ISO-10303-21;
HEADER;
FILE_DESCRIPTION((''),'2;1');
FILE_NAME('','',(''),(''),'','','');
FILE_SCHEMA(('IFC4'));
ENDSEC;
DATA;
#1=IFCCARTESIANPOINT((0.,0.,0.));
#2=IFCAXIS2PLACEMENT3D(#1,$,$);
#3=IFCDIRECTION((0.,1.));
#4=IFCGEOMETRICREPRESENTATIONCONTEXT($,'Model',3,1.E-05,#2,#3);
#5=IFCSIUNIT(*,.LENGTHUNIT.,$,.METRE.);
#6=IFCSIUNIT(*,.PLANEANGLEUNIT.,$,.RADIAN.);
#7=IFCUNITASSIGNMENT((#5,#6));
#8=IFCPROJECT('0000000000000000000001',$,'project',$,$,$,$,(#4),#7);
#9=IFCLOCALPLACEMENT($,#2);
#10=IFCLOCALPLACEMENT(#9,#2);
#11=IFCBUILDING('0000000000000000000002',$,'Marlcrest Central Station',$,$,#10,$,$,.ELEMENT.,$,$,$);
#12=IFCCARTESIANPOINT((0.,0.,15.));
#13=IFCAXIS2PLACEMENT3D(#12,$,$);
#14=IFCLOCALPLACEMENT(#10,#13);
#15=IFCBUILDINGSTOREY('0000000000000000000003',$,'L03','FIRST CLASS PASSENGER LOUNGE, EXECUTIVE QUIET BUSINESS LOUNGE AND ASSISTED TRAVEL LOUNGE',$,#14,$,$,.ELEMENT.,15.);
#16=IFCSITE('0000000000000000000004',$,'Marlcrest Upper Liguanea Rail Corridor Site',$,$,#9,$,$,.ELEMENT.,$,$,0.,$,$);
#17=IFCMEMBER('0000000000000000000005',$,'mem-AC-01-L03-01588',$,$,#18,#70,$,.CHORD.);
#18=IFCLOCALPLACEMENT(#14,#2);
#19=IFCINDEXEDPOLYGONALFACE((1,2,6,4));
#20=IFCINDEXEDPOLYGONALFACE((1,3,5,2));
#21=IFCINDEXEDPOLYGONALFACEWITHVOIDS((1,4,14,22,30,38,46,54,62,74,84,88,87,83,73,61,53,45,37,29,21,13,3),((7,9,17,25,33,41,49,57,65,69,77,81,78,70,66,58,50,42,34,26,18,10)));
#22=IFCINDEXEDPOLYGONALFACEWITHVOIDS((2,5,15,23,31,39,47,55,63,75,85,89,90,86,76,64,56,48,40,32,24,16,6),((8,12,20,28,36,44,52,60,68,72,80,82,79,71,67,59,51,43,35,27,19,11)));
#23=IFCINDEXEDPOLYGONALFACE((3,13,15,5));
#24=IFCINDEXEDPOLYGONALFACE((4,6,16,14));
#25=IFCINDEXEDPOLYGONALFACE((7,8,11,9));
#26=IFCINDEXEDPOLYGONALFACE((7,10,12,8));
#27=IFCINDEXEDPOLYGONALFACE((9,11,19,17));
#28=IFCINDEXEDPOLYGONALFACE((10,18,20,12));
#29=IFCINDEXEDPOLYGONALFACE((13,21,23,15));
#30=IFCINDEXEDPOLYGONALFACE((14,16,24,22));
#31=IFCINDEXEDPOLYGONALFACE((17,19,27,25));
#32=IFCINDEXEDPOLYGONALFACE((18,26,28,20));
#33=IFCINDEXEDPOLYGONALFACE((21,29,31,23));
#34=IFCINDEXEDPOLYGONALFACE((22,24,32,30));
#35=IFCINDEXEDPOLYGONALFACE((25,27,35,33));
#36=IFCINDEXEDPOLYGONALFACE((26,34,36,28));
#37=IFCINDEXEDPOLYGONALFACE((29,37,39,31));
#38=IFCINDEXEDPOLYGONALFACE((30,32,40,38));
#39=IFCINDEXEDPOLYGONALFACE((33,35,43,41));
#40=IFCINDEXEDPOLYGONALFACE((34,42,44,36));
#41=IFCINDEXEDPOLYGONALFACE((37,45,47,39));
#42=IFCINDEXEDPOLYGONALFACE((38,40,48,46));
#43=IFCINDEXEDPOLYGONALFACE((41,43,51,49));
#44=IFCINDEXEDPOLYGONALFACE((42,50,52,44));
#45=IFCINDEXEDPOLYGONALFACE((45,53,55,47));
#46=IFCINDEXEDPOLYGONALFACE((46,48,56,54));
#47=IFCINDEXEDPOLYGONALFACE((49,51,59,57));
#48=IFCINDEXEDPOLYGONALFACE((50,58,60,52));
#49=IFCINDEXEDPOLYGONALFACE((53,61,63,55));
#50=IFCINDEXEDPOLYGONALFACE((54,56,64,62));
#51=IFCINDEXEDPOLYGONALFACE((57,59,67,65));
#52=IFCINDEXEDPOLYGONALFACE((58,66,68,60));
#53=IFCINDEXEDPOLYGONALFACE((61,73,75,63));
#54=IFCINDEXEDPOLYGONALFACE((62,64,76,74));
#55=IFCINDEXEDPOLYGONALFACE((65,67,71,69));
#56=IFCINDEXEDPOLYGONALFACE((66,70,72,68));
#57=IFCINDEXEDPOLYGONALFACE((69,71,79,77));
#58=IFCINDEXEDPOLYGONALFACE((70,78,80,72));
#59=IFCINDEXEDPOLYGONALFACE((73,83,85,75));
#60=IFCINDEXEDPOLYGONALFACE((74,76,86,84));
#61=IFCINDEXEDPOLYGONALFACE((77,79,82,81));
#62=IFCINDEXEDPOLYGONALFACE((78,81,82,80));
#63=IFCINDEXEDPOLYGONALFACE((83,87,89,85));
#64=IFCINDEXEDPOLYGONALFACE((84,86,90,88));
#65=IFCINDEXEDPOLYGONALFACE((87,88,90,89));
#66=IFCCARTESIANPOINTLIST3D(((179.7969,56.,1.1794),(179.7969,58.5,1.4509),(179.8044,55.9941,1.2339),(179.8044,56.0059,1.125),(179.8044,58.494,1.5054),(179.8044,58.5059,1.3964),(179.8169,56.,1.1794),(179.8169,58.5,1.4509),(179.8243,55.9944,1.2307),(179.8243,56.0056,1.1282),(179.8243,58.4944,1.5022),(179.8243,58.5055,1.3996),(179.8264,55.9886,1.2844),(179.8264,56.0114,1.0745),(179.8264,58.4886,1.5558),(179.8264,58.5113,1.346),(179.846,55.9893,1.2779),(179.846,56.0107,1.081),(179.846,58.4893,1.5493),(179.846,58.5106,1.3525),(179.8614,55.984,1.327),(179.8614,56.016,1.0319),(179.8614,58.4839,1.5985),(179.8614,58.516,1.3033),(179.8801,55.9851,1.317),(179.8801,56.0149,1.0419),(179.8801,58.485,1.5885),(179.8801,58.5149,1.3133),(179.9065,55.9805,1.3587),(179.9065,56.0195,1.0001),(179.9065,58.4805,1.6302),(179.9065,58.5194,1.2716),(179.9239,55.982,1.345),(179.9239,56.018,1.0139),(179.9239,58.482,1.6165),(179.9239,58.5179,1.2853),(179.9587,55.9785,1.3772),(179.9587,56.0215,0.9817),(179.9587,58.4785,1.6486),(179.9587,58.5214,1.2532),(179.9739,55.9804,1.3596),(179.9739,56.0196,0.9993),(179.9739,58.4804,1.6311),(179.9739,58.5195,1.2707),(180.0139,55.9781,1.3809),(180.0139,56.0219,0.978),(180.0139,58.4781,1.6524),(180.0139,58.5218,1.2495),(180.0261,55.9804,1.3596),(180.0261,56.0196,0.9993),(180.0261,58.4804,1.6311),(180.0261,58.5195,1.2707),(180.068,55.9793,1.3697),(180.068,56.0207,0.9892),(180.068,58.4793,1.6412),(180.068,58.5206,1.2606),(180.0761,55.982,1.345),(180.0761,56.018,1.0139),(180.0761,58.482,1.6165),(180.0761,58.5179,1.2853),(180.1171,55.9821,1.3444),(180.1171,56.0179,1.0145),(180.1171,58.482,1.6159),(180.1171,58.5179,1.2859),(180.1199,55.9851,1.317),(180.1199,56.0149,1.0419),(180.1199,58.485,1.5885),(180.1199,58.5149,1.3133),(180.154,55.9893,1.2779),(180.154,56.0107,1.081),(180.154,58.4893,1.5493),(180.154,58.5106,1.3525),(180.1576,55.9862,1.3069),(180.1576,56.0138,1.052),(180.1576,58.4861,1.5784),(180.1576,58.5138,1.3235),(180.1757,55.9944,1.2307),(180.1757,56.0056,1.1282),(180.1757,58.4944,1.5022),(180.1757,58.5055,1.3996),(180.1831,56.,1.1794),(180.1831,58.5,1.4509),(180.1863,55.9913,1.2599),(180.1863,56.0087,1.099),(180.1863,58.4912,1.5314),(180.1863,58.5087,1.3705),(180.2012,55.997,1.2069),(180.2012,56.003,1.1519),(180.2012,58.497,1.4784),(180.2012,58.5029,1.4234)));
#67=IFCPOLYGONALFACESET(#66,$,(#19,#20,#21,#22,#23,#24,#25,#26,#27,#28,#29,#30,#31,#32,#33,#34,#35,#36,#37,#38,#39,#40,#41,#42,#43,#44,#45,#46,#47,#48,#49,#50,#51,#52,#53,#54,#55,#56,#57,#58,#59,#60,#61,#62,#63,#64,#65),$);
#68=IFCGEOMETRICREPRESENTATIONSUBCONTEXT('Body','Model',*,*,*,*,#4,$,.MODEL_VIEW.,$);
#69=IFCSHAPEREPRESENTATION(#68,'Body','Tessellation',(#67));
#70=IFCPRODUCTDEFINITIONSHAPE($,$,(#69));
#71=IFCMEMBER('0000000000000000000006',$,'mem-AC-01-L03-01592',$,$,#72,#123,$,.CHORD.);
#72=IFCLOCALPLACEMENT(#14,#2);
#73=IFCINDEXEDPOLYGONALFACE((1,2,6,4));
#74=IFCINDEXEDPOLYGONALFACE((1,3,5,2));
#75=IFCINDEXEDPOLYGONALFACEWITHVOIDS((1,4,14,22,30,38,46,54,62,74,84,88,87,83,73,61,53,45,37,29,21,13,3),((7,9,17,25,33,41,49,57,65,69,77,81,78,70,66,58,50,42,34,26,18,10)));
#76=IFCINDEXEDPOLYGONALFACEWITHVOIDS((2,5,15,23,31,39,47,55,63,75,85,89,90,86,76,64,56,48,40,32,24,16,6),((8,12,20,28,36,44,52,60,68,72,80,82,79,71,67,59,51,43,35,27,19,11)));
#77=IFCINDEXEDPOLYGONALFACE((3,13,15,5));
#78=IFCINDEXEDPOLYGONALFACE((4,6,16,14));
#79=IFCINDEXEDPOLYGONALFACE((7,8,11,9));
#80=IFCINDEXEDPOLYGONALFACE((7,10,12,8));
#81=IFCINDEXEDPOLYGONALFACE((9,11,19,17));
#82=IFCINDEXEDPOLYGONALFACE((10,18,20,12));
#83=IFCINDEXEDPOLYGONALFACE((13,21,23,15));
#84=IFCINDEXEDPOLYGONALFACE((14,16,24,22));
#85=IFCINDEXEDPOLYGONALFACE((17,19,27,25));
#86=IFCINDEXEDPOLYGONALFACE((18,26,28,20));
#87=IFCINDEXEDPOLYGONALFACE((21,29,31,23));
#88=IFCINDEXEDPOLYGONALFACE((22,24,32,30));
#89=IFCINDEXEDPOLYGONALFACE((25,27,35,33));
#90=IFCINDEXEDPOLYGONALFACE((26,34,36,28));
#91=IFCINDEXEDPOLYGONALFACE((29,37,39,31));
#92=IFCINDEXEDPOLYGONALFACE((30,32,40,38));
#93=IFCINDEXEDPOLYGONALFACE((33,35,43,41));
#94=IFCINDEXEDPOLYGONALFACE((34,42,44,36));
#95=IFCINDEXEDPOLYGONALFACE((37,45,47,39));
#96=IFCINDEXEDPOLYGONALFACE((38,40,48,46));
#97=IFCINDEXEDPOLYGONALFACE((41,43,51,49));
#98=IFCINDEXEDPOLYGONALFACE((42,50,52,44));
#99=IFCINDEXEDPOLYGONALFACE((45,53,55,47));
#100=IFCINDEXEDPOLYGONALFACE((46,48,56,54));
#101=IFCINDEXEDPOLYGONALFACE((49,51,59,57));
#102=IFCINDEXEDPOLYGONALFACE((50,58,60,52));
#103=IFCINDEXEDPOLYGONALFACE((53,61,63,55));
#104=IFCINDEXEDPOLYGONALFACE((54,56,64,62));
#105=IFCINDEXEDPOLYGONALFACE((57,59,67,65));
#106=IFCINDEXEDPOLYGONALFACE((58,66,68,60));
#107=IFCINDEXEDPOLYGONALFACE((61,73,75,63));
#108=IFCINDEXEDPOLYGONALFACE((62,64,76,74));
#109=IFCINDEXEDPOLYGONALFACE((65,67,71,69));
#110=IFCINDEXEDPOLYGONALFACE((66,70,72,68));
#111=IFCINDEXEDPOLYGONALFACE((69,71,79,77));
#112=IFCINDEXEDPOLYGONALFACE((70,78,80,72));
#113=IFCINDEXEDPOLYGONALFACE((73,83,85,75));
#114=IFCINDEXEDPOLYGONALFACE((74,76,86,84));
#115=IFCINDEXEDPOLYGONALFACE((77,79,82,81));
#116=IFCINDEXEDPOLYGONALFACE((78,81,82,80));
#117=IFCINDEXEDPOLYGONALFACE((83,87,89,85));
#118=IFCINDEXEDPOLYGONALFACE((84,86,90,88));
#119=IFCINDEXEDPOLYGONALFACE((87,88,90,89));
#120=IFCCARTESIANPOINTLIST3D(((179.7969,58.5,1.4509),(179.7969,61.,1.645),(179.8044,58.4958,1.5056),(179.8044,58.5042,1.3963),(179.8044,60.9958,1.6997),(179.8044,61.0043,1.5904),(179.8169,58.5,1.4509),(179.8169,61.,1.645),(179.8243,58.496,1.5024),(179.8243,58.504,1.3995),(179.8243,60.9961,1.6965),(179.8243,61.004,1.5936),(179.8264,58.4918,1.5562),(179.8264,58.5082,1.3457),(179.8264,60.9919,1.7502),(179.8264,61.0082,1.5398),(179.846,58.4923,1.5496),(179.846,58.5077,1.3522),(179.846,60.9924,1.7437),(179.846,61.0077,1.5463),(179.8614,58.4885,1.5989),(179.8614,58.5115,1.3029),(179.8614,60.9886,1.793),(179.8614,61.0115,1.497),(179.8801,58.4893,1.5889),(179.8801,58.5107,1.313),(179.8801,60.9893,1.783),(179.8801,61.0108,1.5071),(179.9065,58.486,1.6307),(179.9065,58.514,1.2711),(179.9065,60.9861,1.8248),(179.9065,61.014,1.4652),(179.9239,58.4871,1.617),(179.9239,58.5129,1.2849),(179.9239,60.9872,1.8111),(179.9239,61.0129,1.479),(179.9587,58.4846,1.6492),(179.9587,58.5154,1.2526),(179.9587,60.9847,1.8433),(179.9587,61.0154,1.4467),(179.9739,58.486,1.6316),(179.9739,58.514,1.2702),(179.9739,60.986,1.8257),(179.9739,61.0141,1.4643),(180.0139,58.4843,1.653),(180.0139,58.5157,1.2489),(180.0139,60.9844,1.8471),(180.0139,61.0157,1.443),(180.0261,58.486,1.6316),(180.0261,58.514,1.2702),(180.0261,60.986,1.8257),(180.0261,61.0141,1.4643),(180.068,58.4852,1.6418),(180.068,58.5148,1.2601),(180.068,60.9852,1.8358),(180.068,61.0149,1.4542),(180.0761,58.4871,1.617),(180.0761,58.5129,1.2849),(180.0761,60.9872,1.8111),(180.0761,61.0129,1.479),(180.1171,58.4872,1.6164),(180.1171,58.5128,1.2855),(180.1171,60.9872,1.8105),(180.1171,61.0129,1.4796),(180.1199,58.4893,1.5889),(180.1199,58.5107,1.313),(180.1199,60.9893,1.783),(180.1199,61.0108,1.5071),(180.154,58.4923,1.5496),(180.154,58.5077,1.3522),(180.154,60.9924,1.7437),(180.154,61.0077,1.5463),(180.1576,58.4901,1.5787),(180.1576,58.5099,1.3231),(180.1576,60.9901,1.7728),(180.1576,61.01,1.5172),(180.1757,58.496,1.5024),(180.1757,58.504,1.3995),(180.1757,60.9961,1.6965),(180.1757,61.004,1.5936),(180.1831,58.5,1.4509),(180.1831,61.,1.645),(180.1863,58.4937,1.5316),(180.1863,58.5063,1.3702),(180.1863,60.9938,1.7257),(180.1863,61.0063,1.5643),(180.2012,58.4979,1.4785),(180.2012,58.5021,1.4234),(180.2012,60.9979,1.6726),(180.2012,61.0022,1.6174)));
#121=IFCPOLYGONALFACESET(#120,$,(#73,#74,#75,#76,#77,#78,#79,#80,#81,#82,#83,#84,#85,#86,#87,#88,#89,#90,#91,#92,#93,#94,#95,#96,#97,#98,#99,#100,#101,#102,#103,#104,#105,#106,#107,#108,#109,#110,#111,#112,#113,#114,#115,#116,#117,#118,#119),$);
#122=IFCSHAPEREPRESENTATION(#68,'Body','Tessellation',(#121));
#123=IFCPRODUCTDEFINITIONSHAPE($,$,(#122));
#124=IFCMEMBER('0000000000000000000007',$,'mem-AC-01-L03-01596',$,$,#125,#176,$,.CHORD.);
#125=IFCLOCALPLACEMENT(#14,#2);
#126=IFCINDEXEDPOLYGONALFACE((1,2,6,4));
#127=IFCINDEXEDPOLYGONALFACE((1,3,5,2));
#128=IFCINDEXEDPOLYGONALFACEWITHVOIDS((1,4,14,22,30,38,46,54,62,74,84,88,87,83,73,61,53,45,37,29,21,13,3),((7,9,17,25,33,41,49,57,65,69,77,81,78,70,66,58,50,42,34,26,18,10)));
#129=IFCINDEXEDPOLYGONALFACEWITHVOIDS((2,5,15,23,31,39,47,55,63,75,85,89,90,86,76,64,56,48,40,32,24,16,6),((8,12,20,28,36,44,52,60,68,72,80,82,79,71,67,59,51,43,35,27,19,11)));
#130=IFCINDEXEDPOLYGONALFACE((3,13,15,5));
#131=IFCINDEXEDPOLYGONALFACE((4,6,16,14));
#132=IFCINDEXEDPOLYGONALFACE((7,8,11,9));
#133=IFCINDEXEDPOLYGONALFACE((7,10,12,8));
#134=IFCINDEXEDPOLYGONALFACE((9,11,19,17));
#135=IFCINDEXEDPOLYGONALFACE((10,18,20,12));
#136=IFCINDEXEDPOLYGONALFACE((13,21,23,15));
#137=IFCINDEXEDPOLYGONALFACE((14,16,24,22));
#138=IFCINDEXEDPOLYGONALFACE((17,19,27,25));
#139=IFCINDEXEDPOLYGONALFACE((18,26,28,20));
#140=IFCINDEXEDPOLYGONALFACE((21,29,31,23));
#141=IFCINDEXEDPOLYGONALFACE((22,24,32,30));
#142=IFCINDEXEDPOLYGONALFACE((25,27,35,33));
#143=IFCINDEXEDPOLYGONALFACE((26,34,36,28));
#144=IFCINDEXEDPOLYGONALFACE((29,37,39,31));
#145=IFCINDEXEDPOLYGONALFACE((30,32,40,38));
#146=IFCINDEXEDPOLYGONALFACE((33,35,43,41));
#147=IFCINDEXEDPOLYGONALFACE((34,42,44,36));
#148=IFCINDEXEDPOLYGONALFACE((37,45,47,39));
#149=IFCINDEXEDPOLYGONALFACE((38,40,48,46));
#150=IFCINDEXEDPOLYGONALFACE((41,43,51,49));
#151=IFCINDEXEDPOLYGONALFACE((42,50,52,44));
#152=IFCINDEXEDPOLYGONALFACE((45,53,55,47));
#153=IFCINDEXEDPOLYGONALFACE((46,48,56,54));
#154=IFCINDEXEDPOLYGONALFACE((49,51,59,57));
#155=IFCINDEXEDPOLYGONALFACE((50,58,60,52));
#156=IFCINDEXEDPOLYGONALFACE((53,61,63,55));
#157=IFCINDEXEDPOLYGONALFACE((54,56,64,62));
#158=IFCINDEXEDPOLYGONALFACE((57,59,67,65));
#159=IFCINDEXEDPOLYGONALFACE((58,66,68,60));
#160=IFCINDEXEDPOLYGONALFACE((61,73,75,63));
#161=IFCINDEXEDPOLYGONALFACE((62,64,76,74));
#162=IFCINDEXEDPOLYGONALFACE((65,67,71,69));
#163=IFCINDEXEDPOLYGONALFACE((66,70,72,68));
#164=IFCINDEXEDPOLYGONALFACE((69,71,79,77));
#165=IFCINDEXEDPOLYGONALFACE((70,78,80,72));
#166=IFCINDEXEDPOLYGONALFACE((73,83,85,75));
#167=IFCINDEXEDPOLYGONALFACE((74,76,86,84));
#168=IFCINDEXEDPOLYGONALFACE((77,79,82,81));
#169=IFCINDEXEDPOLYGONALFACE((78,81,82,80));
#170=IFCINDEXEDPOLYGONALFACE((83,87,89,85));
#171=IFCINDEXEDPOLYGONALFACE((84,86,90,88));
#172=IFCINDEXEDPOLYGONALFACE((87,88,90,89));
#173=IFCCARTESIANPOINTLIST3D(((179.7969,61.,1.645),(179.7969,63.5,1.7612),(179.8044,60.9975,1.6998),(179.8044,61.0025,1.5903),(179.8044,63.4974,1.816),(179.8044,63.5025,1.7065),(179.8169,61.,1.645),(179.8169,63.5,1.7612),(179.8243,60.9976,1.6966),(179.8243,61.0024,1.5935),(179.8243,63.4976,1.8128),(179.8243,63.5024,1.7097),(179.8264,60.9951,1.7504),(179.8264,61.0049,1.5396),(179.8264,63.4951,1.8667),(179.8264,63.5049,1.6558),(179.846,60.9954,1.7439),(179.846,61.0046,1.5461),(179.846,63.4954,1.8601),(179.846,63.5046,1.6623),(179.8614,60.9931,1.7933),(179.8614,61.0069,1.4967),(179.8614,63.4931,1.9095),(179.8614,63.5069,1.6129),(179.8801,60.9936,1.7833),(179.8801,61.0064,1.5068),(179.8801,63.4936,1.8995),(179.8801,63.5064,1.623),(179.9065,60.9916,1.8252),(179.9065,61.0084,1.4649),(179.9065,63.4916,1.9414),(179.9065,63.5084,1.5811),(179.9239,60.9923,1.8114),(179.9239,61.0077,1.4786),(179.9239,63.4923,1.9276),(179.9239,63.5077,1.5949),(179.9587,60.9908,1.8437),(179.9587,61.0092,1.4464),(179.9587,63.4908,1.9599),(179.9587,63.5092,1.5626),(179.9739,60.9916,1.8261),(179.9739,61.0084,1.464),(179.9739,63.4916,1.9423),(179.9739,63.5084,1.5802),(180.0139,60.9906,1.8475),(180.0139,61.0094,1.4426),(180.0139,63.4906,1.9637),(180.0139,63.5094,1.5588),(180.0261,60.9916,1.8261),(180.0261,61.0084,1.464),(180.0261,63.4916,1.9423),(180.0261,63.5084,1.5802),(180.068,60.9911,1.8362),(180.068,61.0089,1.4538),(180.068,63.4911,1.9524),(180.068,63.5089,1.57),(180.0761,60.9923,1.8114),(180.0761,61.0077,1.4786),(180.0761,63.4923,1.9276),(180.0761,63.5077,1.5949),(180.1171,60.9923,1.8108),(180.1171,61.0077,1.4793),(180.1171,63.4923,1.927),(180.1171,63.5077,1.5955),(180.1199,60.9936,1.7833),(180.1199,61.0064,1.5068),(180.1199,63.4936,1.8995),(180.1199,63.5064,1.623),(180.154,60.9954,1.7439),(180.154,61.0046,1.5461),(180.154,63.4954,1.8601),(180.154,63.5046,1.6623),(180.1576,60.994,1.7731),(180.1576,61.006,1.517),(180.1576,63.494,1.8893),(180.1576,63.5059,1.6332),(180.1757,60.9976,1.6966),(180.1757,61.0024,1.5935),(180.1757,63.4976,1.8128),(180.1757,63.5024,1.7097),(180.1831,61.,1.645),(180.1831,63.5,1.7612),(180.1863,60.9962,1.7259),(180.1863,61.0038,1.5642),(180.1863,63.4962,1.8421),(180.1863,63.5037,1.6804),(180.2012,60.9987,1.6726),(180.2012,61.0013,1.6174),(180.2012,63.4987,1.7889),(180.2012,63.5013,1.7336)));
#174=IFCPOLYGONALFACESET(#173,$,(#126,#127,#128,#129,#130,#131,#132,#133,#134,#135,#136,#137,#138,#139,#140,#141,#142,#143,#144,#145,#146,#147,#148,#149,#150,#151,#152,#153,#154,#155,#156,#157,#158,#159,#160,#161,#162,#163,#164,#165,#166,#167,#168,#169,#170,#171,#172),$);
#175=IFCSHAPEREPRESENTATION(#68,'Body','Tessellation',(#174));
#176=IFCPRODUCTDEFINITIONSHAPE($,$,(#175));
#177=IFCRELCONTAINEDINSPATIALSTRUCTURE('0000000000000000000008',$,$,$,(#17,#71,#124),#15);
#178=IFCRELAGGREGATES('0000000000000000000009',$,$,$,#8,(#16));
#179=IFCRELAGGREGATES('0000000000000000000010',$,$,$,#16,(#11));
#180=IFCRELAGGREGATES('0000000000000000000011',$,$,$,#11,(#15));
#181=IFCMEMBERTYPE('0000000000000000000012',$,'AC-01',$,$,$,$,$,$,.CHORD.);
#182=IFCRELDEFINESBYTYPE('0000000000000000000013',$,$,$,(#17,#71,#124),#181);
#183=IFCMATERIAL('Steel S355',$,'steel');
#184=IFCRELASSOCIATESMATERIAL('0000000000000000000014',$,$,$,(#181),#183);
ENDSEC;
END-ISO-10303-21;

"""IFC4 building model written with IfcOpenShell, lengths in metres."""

from ifc_helpers import new_model, si_unit, direction, frame, origin, origin_2d, place, context, subcontext, project, spatial, hollow_circle, extrude, material, material_profile, profile_set, type_object, element, save


model = new_model("IFC4")

# Units and contexts
model_context = context("Model", 3, precision=1e-05, world=origin(), true_north=direction((0.0, 1.0)))
body_context = subcontext(model_context, "Body", "Model", "MODEL_VIEW")
ifc_project = project(units=[si_unit("LENGTHUNIT", "METRE"), si_unit("PLANEANGLEUNIT", "RADIAN")], contexts=[model_context])

# Site, building, storey
site_placement = place(None, origin())
site = spatial("IfcSite", under=ifc_project, at=site_placement, Name="Marlcrest Upper Liguanea Rail Corridor Site", CompositionType="ELEMENT", RefElevation=0.0)
building_placement = place(site_placement, origin())
building = spatial("IfcBuilding", under=site, at=building_placement, Name="Marlcrest Central Station", CompositionType="ELEMENT")
storey_placement = place(building_placement, frame((0.0, 0.0, 15.0)))
storey = spatial("IfcBuildingStorey", under=building, at=storey_placement, Name="L03", Description="FIRST CLASS PASSENGER LOUNGE, EXECUTIVE QUIET BUSINESS LOUNGE AND ASSISTED TRAVEL LOUNGE", CompositionType="ELEMENT", Elevation=15.0)

# Members
ifc_material_1 = material(Name="Steel S355", Category="steel")
ifc_material_profile_1 = material_profile(ifc_material_1, hollow_circle(Radius=0.2031, WallThickness=0.02, at=origin_2d()), Name="CHS 406.4x20")
ifc_profile_set_1 = profile_set([ifc_material_profile_1], Name="Steel S355")
member_type_1 = type_object("IfcMemberType", Name="AC-01", PredefinedType="CHORD", material=ifc_profile_set_1)
member_1_placement = place(storey_placement, frame((180.0, 56.0, 1.1794), z_axis=(0.0, 0.994155, 0.107959), x_axis=(-1.0, 0.0, 0.0)))
element("IfcMember", 1, at=member_1_placement, inside=storey, type_object=member_type_1, Name="mem-AC-01-L03-01588", PredefinedType="CHORD", context=body_context, shape_type="SweptSolid", body=[
    extrude(hollow_circle(Radius=0.2031, WallThickness=0.02, at=origin_2d()), origin(), (0.0, 0.0, 1.0), 2.5146),
])
member_2_placement = place(storey_placement, frame((180.0, 58.5, 1.4509), z_axis=(0.0, 0.997, 0.077404), x_axis=(-1.0, 0.0, 0.0)))
element("IfcMember", 2, at=member_2_placement, inside=storey, type_object=member_type_1, Name="mem-AC-01-L03-01592", PredefinedType="CHORD", context=body_context, shape_type="SweptSolid", body=[
    extrude(hollow_circle(Radius=0.2031, WallThickness=0.02, at=origin_2d()), origin(), (0.0, 0.0, 1.0), 2.5076),
])
member_3_placement = place(storey_placement, frame((180.0, 61.0, 1.645), z_axis=(0.0, 0.998921, 0.046434), x_axis=(-1.0, 0.0, 0.0)))
element("IfcMember", 3, at=member_3_placement, inside=storey, type_object=member_type_1, Name="mem-AC-01-L03-01596", PredefinedType="CHORD", context=body_context, shape_type="SweptSolid", body=[
    extrude(hollow_circle(Radius=0.2031, WallThickness=0.02, at=origin_2d()), origin(), (0.0, 0.0, 1.0), 2.5027),
])

save(model, "model.ifc")
